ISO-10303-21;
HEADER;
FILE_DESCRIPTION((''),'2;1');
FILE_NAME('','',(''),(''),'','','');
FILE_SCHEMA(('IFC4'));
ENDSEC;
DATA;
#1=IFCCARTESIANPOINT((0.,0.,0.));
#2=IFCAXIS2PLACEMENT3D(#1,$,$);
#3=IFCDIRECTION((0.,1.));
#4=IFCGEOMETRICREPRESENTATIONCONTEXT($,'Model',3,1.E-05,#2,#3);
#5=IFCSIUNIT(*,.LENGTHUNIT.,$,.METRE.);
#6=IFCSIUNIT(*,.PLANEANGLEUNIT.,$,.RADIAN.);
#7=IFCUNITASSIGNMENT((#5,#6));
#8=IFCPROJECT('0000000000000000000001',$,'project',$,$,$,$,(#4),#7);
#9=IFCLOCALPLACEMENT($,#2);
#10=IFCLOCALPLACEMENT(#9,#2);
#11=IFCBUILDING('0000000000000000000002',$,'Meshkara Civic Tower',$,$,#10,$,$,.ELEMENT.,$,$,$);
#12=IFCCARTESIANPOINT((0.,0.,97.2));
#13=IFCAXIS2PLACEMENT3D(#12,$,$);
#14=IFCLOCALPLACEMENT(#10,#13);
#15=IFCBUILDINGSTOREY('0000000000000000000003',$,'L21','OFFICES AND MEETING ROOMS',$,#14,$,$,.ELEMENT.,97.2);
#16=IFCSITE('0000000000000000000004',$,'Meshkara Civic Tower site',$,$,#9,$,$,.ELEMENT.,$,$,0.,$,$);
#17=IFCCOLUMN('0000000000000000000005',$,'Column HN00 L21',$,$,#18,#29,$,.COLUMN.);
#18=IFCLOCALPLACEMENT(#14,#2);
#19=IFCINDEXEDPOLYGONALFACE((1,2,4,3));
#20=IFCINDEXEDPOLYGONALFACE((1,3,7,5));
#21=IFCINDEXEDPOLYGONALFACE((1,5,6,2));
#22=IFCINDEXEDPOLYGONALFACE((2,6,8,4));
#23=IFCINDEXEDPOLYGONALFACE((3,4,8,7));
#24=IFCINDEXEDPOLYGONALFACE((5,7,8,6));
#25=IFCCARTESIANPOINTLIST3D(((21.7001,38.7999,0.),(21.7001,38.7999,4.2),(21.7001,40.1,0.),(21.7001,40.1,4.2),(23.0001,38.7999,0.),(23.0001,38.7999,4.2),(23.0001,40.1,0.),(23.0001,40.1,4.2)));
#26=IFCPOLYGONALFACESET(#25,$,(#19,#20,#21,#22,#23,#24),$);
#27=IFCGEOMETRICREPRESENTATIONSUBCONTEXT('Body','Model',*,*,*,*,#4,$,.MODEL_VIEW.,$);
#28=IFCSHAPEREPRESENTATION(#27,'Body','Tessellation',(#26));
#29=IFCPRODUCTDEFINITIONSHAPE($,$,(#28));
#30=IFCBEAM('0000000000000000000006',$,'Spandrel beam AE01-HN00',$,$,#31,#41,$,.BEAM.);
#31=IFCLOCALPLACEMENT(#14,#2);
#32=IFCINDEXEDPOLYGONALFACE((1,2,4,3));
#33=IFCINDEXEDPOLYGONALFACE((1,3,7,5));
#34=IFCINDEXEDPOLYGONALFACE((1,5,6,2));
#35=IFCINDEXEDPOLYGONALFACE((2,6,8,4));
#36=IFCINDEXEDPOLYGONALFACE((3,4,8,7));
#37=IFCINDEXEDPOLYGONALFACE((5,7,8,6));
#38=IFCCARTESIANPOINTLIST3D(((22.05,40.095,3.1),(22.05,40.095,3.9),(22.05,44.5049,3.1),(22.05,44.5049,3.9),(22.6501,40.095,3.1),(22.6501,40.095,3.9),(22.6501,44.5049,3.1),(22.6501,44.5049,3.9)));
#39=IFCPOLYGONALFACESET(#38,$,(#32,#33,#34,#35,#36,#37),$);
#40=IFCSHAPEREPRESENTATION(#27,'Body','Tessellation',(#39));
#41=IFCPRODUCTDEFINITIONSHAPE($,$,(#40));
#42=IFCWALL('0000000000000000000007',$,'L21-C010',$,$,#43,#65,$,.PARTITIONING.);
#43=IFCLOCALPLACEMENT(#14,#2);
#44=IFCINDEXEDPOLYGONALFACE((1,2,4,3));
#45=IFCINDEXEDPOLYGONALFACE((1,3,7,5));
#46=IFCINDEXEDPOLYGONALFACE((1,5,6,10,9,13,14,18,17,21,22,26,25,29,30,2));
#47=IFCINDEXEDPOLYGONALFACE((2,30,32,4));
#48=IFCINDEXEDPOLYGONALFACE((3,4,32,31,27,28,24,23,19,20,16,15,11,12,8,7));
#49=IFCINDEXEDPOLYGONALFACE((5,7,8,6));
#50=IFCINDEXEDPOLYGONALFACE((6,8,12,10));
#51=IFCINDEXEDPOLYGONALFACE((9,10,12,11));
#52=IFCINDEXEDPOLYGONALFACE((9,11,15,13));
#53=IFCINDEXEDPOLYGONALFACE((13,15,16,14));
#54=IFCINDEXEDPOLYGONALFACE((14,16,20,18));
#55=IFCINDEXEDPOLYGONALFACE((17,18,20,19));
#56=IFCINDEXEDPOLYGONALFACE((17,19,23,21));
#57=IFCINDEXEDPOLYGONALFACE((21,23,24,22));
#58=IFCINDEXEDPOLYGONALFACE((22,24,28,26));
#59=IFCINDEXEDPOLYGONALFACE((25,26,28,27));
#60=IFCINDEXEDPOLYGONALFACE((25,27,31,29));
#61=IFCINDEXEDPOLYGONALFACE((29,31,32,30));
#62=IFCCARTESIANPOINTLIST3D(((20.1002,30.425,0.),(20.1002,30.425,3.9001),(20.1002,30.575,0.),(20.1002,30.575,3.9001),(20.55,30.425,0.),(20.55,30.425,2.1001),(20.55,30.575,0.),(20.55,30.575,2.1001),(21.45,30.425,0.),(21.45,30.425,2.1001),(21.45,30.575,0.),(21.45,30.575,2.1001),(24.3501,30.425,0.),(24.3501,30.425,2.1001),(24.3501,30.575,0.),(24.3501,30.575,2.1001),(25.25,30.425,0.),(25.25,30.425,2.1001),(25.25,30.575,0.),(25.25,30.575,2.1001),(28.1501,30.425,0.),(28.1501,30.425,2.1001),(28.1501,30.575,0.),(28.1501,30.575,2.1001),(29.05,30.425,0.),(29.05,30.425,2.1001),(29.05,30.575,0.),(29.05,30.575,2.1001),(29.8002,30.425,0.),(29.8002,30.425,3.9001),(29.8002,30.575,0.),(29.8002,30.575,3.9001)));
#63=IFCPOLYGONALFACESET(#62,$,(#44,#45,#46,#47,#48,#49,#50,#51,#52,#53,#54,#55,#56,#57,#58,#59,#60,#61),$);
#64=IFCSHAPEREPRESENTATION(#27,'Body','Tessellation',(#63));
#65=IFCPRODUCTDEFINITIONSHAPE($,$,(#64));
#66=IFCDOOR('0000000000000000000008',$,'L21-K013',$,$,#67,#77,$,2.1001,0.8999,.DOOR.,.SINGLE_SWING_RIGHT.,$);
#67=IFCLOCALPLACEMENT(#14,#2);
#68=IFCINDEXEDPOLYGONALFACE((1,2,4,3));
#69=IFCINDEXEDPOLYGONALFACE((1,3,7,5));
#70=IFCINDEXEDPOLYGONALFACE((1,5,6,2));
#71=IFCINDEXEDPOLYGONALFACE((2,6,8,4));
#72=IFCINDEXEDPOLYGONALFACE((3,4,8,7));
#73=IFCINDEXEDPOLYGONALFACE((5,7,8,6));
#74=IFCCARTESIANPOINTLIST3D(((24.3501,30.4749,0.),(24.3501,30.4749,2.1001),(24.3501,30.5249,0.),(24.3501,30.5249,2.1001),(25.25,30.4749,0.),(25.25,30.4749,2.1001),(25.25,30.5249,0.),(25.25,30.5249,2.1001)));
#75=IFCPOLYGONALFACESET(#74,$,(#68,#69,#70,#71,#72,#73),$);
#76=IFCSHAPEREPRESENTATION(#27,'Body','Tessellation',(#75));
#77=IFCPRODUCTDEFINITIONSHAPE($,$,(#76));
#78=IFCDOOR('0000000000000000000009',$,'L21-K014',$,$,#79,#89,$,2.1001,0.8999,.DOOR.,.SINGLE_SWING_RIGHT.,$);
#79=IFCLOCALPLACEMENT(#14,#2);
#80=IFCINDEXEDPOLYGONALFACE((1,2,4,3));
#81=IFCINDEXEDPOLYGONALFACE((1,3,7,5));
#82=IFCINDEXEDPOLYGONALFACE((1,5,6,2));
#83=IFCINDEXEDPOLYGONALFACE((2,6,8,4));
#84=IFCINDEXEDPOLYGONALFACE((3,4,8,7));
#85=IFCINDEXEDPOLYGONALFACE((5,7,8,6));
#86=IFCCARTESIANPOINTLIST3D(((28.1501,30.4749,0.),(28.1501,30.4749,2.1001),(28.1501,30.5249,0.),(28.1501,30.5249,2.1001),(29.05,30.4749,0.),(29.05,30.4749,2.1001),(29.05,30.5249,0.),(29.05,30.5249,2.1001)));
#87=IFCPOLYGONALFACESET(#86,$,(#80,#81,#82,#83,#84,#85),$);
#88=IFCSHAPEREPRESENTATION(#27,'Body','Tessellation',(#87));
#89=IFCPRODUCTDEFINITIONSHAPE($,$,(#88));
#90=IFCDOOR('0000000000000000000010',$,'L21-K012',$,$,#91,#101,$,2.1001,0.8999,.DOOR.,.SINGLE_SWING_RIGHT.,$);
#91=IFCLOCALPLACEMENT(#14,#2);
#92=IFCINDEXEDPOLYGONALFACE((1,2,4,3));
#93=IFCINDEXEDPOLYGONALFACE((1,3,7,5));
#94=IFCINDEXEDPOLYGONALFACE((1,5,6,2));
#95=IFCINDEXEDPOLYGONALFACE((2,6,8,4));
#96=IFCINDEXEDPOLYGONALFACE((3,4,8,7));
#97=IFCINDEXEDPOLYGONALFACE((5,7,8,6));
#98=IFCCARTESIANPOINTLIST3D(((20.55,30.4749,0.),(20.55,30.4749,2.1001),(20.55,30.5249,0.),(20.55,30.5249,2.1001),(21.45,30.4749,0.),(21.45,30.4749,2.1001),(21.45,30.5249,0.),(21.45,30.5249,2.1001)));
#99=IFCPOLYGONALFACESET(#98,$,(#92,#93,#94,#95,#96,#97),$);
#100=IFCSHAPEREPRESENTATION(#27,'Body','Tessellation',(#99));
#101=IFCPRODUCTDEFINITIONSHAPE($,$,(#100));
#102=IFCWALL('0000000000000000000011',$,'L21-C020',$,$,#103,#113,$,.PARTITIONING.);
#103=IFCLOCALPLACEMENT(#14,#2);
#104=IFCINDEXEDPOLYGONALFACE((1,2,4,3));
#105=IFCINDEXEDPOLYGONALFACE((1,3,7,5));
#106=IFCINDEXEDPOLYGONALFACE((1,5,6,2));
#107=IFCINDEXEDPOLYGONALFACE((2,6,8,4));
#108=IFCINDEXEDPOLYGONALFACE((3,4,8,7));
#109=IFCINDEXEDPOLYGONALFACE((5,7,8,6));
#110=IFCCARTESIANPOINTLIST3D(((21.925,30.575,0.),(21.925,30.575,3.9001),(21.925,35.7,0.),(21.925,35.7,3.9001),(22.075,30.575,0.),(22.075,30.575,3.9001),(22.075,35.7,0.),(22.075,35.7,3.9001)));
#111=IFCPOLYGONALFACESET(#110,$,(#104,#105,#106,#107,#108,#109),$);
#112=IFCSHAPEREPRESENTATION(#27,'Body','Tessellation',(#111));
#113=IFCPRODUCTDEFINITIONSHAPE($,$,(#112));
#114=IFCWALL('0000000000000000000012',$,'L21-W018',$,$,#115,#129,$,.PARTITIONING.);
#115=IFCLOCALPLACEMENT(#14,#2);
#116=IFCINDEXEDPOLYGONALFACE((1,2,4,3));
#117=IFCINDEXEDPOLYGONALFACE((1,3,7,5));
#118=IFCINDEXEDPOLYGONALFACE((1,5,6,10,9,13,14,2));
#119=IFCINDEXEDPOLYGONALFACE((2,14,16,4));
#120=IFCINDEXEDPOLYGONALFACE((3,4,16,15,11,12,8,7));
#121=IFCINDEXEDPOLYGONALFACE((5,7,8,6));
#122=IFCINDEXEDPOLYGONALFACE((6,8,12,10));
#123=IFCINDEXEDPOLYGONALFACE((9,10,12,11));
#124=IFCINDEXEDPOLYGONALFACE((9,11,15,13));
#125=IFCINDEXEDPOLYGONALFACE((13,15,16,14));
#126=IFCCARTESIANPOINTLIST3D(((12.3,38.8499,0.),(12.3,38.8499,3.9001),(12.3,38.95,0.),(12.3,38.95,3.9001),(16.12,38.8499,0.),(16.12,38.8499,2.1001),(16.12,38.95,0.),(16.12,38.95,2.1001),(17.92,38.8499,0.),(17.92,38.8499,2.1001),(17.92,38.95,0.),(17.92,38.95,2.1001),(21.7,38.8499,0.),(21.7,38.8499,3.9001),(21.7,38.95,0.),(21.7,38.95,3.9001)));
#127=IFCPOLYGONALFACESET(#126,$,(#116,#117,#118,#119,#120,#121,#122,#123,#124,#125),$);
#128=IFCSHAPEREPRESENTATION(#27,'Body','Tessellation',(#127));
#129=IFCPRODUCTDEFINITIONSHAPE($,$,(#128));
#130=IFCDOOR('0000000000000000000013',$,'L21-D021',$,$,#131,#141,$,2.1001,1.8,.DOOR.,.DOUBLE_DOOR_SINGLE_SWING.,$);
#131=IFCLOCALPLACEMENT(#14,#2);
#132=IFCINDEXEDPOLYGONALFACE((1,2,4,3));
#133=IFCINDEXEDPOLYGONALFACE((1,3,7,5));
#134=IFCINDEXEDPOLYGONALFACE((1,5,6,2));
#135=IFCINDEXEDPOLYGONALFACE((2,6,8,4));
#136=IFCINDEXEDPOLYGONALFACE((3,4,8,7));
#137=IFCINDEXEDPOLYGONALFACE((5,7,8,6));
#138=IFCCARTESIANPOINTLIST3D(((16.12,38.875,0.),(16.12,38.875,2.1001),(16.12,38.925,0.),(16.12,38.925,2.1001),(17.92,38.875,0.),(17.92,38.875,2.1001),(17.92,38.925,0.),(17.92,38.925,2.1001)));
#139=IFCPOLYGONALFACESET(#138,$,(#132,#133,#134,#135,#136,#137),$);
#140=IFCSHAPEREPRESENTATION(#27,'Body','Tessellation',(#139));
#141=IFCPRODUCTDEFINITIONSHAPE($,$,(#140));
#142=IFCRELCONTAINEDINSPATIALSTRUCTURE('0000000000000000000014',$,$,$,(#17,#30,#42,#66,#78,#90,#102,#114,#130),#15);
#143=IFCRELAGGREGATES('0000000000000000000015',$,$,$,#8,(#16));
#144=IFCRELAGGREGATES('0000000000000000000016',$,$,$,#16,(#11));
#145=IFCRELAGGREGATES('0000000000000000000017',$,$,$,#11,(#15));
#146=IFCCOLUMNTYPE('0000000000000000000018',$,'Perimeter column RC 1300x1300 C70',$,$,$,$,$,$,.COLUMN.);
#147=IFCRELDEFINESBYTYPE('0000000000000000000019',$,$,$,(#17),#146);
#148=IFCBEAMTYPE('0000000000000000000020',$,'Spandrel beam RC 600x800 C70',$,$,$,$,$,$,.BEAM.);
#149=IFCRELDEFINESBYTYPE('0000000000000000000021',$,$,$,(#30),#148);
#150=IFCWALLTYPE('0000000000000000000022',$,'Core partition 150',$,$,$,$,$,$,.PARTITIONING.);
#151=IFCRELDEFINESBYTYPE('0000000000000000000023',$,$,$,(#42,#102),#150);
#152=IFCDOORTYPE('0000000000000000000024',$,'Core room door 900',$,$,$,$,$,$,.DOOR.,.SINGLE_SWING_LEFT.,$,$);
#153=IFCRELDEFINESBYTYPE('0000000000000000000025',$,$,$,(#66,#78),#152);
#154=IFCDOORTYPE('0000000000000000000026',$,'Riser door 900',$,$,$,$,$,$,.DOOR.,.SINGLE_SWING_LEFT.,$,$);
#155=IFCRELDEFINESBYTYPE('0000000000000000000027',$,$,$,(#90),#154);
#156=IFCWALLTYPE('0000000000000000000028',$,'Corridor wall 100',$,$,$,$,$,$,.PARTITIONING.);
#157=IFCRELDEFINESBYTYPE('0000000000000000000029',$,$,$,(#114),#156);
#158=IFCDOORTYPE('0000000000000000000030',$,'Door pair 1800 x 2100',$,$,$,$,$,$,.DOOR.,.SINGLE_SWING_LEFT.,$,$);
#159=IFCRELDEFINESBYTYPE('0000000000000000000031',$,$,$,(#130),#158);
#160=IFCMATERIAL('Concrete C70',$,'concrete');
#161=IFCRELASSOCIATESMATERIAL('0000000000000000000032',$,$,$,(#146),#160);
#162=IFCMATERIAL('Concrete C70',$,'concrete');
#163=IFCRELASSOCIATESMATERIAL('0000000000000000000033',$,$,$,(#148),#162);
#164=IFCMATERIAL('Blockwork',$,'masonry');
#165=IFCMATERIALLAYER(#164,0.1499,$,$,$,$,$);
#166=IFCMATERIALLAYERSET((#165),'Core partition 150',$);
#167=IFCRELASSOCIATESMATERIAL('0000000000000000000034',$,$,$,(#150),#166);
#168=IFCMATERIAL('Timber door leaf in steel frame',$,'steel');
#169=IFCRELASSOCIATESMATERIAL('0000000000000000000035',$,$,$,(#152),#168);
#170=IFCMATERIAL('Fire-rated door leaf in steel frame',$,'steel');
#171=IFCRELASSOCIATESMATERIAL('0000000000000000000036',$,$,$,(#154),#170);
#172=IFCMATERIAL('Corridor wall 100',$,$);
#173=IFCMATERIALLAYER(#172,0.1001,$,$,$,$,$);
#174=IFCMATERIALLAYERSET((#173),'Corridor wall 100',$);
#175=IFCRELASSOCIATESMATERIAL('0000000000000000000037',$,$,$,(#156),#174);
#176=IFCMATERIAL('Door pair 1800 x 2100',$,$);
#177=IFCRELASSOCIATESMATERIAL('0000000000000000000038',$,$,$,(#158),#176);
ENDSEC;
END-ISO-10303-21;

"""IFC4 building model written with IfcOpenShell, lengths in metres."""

from ifc_helpers import new_model, si_unit, direction, frame, frame_2d, origin, origin_2d, place, context, subcontext, project, spatial, rectangle, extrude, material, layer, layer_set, material_profile, profile_set, type_object, element, fill, save


model = new_model("IFC4")

# Units and contexts
model_context = context("Model", 3, precision=1e-05, world=origin(), true_north=direction((0.0, 1.0)))
body_context = subcontext(model_context, "Body", "Model", "MODEL_VIEW")
ifc_project = project(units=[si_unit("LENGTHUNIT", "METRE"), si_unit("PLANEANGLEUNIT", "RADIAN")], contexts=[model_context])

# Site, building, storey
site_placement = place(None, origin())
site = spatial("IfcSite", under=ifc_project, at=site_placement, Name="Meshkara Civic Tower site", CompositionType="ELEMENT", RefElevation=0.0)
building_placement = place(site_placement, origin())
building = spatial("IfcBuilding", under=site, at=building_placement, Name="Meshkara Civic Tower", CompositionType="ELEMENT")
storey_placement = place(building_placement, frame((0.0, 0.0, 97.2)))
storey = spatial("IfcBuildingStorey", under=building, at=storey_placement, Name="L21", Description="OFFICES AND MEETING ROOMS", CompositionType="ELEMENT", Elevation=97.2)

# Column
ifc_material_1 = material(Name="Concrete C70", Category="concrete")
ifc_material_profile_1 = material_profile(ifc_material_1, rectangle(XDim=1.3, YDim=1.3, at=origin_2d()))
ifc_profile_set_1 = profile_set([ifc_material_profile_1], Name="Concrete C70")
column_type = type_object("IfcColumnType", Name="Perimeter column RC 1300x1300 C70", PredefinedType="COLUMN", material=ifc_profile_set_1)
column_placement = place(storey_placement, frame((22.3501, 39.45, 0.0), z_axis=(0.0, 0.0, 1.0), x_axis=(1.0, 0.0, 0.0)))
element("IfcColumn", 1, at=column_placement, inside=storey, type_object=column_type, Name="Column HN00 L21", PredefinedType="COLUMN", context=body_context, shape_type="SweptSolid", body=[
    extrude(rectangle(XDim=1.3, YDim=1.3, at=origin_2d()), origin(), (0.0, 0.0, 1.0), 4.2),
])

# Beam
ifc_material_2 = material(Name="Concrete C70", Category="concrete")
ifc_material_profile_2 = material_profile(ifc_material_2, rectangle(XDim=0.6001, YDim=0.8, at=origin_2d()))
ifc_profile_set_2 = profile_set([ifc_material_profile_2], Name="Concrete C70")
beam_type = type_object("IfcBeamType", Name="Spandrel beam RC 600x800 C70", PredefinedType="BEAM", material=ifc_profile_set_2)
beam_placement = place(storey_placement, frame((22.3501, 40.095, 3.5), z_axis=(0.0, 1.0, 0.0), x_axis=(-1.0, 0.0, 0.0)))
element("IfcBeam", 2, at=beam_placement, inside=storey, type_object=beam_type, Name="Spandrel beam AE01-HN00", PredefinedType="BEAM", context=body_context, shape_type="SweptSolid", body=[
    extrude(rectangle(XDim=0.6001, YDim=0.8, at=origin_2d()), origin(), (0.0, 0.0, 1.0), 4.4099),
])

# Wall, openings, doors
ifc_material_3 = material(Name="Blockwork", Category="masonry")
ifc_layer_1 = layer(ifc_material_3, 0.1499)
ifc_layer_set_1 = layer_set([ifc_layer_1], Name="Core partition 150")
wall_type_1 = type_object("IfcWallType", Name="Core partition 150", PredefinedType="PARTITIONING", material=ifc_layer_set_1)
wall_1_placement = place(storey_placement, frame((20.1001, 30.5, 0.0), z_axis=(0.0, 0.0, 1.0), x_axis=(1.0, 0.0, 0.0)))
wall_1 = element("IfcWall", 3, at=wall_1_placement, inside=storey, type_object=wall_type_1, Name="L21-C010", PredefinedType="PARTITIONING", context=body_context, shape_type="SweptSolid", body=[
    extrude(rectangle(XDim=9.7, YDim=0.1499, at=frame_2d((4.8501, 0.0))), origin(), (0.0, 0.0, 1.0), 3.9001),
])
opening_1_placement = place(wall_1_placement, frame((0.45, 0.0, 0.0)))
opening_1 = element("IfcOpeningElement", 4, at=opening_1_placement, cuts=wall_1, PredefinedType="OPENING", context=body_context, shape_type="SweptSolid", body=[
    extrude(rectangle(XDim=0.8999, YDim=2.1001, at=frame_2d((0.45, 1.05))), frame((0.0, 0.085, 0.0), z_axis=(0.0, -1.0, 0.0), x_axis=(1.0, 0.0, 0.0)), (0.0, 0.0, 1.0), 0.1699),
])
opening_2_placement = place(wall_1_placement, frame((4.25, 0.0, 0.0)))
opening_2 = element("IfcOpeningElement", 5, at=opening_2_placement, cuts=wall_1, PredefinedType="OPENING", context=body_context, shape_type="SweptSolid", body=[
    extrude(rectangle(XDim=0.8999, YDim=2.1001, at=frame_2d((0.45, 1.05))), frame((0.0, 0.085, 0.0), z_axis=(0.0, -1.0, 0.0), x_axis=(1.0, 0.0, 0.0)), (0.0, 0.0, 1.0), 0.1699),
])
opening_3_placement = place(wall_1_placement, frame((8.05, 0.0, 0.0)))
opening_3 = element("IfcOpeningElement", 6, at=opening_3_placement, cuts=wall_1, PredefinedType="OPENING", context=body_context, shape_type="SweptSolid", body=[
    extrude(rectangle(XDim=0.8999, YDim=2.1001, at=frame_2d((0.45, 1.05))), frame((0.0, 0.085, 0.0), z_axis=(0.0, -1.0, 0.0), x_axis=(1.0, 0.0, 0.0)), (0.0, 0.0, 1.0), 0.1699),
])
ifc_material_4 = material(Name="Timber door leaf in steel frame", Category="steel")
door_type_1 = type_object("IfcDoorType", Name="Core room door 900", OperationType="SINGLE_SWING_LEFT", PredefinedType="DOOR", material=ifc_material_4)
door_1_placement = place(opening_2_placement, origin())
door_1 = element("IfcDoor", 7, at=door_1_placement, inside=storey, type_object=door_type_1, Name="L21-K013", OperationType="SINGLE_SWING_RIGHT", OverallHeight=2.1001, OverallWidth=0.8999, PredefinedType="DOOR", context=body_context, shape_type="SweptSolid", body=[
    extrude(rectangle(XDim=0.8999, YDim=2.1001, at=frame_2d((0.45, 1.05))), frame((0.0, 0.0249, 0.0), z_axis=(0.0, -1.0, 0.0), x_axis=(1.0, 0.0, 0.0)), (0.0, 0.0, 1.0), 0.05),
])
fill(opening_2, door_1)
door_2_placement = place(opening_3_placement, origin())
door_2 = element("IfcDoor", 8, at=door_2_placement, inside=storey, type_object=door_type_1, Name="L21-K014", OperationType="SINGLE_SWING_RIGHT", OverallHeight=2.1001, OverallWidth=0.8999, PredefinedType="DOOR", context=body_context, shape_type="SweptSolid", body=[
    extrude(rectangle(XDim=0.8999, YDim=2.1001, at=frame_2d((0.45, 1.05))), frame((0.0, 0.0249, 0.0), z_axis=(0.0, -1.0, 0.0), x_axis=(1.0, 0.0, 0.0)), (0.0, 0.0, 1.0), 0.05),
])
fill(opening_3, door_2)
ifc_material_5 = material(Name="Fire-rated door leaf in steel frame", Category="steel")
door_type_2 = type_object("IfcDoorType", Name="Riser door 900", OperationType="SINGLE_SWING_LEFT", PredefinedType="DOOR", material=ifc_material_5)
door_3_placement = place(opening_1_placement, origin())
door_3 = element("IfcDoor", 9, at=door_3_placement, inside=storey, type_object=door_type_2, Name="L21-K012", OperationType="SINGLE_SWING_RIGHT", OverallHeight=2.1001, OverallWidth=0.8999, PredefinedType="DOOR", context=body_context, shape_type="SweptSolid", body=[
    extrude(rectangle(XDim=0.8999, YDim=2.1001, at=frame_2d((0.45, 1.05))), frame((0.0, 0.0249, 0.0), z_axis=(0.0, -1.0, 0.0), x_axis=(1.0, 0.0, 0.0)), (0.0, 0.0, 1.0), 0.05),
])
fill(opening_1, door_3)

# Wall
wall_2_placement = place(storey_placement, frame((22.0, 30.575, 0.0), z_axis=(0.0, 0.0, 1.0), x_axis=(0.0, 1.0, 0.0)))
element("IfcWall", 10, at=wall_2_placement, inside=storey, type_object=wall_type_1, Name="L21-C020", PredefinedType="PARTITIONING", context=body_context, shape_type="SweptSolid", body=[
    extrude(rectangle(XDim=5.125, YDim=0.1499, at=frame_2d((2.5625, 0.0))), origin(), (0.0, 0.0, 1.0), 3.9001),
])

# Wall, opening, door
ifc_material_6 = material(Name="Corridor wall 100")
ifc_layer_2 = layer(ifc_material_6, 0.1001)
ifc_layer_set_2 = layer_set([ifc_layer_2], Name="Corridor wall 100")
wall_type_2 = type_object("IfcWallType", Name="Corridor wall 100", PredefinedType="PARTITIONING", material=ifc_layer_set_2)
wall_3_placement = place(storey_placement, frame((21.7, 38.8999, 0.0), z_axis=(0.0, 0.0, 1.0), x_axis=(-1.0, 0.0, 0.0)))
wall_3 = element("IfcWall", 11, at=wall_3_placement, inside=storey, type_object=wall_type_2, Name="L21-W018", PredefinedType="PARTITIONING", context=body_context, shape_type="SweptSolid", body=[
    extrude(rectangle(XDim=9.3999, YDim=0.1001, at=frame_2d((4.7, 0.0))), origin(), (0.0, 0.0, 1.0), 3.9001),
])
opening_4_placement = place(wall_3_placement, frame((3.78, 0.0, 0.0)))
opening_4 = element("IfcOpeningElement", 12, at=opening_4_placement, cuts=wall_3, PredefinedType="OPENING", context=body_context, shape_type="SweptSolid", body=[
    extrude(rectangle(XDim=1.8, YDim=2.1001, at=frame_2d((0.8999, 1.05))), frame((0.0, 0.0601, 0.0), z_axis=(0.0, -1.0, 0.0), x_axis=(1.0, 0.0, 0.0)), (0.0, 0.0, 1.0), 0.1201),
])
ifc_material_7 = material(Name="Door pair 1800 x 2100")
door_type_3 = type_object("IfcDoorType", Name="Door pair 1800 x 2100", OperationType="SINGLE_SWING_LEFT", PredefinedType="DOOR", material=ifc_material_7)
door_4_placement = place(opening_4_placement, origin())
door_4 = element("IfcDoor", 13, at=door_4_placement, inside=storey, type_object=door_type_3, Name="L21-D021", OperationType="DOUBLE_DOOR_SINGLE_SWING", OverallHeight=2.1001, OverallWidth=1.8, PredefinedType="DOOR", context=body_context, shape_type="SweptSolid", body=[
    extrude(rectangle(XDim=1.8, YDim=2.1001, at=frame_2d((0.8999, 1.05))), frame((0.0, 0.0249, 0.0), z_axis=(0.0, -1.0, 0.0), x_axis=(1.0, 0.0, 0.0)), (0.0, 0.0, 1.0), 0.05),
])
fill(opening_4, door_4)

save(model, "model.ifc")
